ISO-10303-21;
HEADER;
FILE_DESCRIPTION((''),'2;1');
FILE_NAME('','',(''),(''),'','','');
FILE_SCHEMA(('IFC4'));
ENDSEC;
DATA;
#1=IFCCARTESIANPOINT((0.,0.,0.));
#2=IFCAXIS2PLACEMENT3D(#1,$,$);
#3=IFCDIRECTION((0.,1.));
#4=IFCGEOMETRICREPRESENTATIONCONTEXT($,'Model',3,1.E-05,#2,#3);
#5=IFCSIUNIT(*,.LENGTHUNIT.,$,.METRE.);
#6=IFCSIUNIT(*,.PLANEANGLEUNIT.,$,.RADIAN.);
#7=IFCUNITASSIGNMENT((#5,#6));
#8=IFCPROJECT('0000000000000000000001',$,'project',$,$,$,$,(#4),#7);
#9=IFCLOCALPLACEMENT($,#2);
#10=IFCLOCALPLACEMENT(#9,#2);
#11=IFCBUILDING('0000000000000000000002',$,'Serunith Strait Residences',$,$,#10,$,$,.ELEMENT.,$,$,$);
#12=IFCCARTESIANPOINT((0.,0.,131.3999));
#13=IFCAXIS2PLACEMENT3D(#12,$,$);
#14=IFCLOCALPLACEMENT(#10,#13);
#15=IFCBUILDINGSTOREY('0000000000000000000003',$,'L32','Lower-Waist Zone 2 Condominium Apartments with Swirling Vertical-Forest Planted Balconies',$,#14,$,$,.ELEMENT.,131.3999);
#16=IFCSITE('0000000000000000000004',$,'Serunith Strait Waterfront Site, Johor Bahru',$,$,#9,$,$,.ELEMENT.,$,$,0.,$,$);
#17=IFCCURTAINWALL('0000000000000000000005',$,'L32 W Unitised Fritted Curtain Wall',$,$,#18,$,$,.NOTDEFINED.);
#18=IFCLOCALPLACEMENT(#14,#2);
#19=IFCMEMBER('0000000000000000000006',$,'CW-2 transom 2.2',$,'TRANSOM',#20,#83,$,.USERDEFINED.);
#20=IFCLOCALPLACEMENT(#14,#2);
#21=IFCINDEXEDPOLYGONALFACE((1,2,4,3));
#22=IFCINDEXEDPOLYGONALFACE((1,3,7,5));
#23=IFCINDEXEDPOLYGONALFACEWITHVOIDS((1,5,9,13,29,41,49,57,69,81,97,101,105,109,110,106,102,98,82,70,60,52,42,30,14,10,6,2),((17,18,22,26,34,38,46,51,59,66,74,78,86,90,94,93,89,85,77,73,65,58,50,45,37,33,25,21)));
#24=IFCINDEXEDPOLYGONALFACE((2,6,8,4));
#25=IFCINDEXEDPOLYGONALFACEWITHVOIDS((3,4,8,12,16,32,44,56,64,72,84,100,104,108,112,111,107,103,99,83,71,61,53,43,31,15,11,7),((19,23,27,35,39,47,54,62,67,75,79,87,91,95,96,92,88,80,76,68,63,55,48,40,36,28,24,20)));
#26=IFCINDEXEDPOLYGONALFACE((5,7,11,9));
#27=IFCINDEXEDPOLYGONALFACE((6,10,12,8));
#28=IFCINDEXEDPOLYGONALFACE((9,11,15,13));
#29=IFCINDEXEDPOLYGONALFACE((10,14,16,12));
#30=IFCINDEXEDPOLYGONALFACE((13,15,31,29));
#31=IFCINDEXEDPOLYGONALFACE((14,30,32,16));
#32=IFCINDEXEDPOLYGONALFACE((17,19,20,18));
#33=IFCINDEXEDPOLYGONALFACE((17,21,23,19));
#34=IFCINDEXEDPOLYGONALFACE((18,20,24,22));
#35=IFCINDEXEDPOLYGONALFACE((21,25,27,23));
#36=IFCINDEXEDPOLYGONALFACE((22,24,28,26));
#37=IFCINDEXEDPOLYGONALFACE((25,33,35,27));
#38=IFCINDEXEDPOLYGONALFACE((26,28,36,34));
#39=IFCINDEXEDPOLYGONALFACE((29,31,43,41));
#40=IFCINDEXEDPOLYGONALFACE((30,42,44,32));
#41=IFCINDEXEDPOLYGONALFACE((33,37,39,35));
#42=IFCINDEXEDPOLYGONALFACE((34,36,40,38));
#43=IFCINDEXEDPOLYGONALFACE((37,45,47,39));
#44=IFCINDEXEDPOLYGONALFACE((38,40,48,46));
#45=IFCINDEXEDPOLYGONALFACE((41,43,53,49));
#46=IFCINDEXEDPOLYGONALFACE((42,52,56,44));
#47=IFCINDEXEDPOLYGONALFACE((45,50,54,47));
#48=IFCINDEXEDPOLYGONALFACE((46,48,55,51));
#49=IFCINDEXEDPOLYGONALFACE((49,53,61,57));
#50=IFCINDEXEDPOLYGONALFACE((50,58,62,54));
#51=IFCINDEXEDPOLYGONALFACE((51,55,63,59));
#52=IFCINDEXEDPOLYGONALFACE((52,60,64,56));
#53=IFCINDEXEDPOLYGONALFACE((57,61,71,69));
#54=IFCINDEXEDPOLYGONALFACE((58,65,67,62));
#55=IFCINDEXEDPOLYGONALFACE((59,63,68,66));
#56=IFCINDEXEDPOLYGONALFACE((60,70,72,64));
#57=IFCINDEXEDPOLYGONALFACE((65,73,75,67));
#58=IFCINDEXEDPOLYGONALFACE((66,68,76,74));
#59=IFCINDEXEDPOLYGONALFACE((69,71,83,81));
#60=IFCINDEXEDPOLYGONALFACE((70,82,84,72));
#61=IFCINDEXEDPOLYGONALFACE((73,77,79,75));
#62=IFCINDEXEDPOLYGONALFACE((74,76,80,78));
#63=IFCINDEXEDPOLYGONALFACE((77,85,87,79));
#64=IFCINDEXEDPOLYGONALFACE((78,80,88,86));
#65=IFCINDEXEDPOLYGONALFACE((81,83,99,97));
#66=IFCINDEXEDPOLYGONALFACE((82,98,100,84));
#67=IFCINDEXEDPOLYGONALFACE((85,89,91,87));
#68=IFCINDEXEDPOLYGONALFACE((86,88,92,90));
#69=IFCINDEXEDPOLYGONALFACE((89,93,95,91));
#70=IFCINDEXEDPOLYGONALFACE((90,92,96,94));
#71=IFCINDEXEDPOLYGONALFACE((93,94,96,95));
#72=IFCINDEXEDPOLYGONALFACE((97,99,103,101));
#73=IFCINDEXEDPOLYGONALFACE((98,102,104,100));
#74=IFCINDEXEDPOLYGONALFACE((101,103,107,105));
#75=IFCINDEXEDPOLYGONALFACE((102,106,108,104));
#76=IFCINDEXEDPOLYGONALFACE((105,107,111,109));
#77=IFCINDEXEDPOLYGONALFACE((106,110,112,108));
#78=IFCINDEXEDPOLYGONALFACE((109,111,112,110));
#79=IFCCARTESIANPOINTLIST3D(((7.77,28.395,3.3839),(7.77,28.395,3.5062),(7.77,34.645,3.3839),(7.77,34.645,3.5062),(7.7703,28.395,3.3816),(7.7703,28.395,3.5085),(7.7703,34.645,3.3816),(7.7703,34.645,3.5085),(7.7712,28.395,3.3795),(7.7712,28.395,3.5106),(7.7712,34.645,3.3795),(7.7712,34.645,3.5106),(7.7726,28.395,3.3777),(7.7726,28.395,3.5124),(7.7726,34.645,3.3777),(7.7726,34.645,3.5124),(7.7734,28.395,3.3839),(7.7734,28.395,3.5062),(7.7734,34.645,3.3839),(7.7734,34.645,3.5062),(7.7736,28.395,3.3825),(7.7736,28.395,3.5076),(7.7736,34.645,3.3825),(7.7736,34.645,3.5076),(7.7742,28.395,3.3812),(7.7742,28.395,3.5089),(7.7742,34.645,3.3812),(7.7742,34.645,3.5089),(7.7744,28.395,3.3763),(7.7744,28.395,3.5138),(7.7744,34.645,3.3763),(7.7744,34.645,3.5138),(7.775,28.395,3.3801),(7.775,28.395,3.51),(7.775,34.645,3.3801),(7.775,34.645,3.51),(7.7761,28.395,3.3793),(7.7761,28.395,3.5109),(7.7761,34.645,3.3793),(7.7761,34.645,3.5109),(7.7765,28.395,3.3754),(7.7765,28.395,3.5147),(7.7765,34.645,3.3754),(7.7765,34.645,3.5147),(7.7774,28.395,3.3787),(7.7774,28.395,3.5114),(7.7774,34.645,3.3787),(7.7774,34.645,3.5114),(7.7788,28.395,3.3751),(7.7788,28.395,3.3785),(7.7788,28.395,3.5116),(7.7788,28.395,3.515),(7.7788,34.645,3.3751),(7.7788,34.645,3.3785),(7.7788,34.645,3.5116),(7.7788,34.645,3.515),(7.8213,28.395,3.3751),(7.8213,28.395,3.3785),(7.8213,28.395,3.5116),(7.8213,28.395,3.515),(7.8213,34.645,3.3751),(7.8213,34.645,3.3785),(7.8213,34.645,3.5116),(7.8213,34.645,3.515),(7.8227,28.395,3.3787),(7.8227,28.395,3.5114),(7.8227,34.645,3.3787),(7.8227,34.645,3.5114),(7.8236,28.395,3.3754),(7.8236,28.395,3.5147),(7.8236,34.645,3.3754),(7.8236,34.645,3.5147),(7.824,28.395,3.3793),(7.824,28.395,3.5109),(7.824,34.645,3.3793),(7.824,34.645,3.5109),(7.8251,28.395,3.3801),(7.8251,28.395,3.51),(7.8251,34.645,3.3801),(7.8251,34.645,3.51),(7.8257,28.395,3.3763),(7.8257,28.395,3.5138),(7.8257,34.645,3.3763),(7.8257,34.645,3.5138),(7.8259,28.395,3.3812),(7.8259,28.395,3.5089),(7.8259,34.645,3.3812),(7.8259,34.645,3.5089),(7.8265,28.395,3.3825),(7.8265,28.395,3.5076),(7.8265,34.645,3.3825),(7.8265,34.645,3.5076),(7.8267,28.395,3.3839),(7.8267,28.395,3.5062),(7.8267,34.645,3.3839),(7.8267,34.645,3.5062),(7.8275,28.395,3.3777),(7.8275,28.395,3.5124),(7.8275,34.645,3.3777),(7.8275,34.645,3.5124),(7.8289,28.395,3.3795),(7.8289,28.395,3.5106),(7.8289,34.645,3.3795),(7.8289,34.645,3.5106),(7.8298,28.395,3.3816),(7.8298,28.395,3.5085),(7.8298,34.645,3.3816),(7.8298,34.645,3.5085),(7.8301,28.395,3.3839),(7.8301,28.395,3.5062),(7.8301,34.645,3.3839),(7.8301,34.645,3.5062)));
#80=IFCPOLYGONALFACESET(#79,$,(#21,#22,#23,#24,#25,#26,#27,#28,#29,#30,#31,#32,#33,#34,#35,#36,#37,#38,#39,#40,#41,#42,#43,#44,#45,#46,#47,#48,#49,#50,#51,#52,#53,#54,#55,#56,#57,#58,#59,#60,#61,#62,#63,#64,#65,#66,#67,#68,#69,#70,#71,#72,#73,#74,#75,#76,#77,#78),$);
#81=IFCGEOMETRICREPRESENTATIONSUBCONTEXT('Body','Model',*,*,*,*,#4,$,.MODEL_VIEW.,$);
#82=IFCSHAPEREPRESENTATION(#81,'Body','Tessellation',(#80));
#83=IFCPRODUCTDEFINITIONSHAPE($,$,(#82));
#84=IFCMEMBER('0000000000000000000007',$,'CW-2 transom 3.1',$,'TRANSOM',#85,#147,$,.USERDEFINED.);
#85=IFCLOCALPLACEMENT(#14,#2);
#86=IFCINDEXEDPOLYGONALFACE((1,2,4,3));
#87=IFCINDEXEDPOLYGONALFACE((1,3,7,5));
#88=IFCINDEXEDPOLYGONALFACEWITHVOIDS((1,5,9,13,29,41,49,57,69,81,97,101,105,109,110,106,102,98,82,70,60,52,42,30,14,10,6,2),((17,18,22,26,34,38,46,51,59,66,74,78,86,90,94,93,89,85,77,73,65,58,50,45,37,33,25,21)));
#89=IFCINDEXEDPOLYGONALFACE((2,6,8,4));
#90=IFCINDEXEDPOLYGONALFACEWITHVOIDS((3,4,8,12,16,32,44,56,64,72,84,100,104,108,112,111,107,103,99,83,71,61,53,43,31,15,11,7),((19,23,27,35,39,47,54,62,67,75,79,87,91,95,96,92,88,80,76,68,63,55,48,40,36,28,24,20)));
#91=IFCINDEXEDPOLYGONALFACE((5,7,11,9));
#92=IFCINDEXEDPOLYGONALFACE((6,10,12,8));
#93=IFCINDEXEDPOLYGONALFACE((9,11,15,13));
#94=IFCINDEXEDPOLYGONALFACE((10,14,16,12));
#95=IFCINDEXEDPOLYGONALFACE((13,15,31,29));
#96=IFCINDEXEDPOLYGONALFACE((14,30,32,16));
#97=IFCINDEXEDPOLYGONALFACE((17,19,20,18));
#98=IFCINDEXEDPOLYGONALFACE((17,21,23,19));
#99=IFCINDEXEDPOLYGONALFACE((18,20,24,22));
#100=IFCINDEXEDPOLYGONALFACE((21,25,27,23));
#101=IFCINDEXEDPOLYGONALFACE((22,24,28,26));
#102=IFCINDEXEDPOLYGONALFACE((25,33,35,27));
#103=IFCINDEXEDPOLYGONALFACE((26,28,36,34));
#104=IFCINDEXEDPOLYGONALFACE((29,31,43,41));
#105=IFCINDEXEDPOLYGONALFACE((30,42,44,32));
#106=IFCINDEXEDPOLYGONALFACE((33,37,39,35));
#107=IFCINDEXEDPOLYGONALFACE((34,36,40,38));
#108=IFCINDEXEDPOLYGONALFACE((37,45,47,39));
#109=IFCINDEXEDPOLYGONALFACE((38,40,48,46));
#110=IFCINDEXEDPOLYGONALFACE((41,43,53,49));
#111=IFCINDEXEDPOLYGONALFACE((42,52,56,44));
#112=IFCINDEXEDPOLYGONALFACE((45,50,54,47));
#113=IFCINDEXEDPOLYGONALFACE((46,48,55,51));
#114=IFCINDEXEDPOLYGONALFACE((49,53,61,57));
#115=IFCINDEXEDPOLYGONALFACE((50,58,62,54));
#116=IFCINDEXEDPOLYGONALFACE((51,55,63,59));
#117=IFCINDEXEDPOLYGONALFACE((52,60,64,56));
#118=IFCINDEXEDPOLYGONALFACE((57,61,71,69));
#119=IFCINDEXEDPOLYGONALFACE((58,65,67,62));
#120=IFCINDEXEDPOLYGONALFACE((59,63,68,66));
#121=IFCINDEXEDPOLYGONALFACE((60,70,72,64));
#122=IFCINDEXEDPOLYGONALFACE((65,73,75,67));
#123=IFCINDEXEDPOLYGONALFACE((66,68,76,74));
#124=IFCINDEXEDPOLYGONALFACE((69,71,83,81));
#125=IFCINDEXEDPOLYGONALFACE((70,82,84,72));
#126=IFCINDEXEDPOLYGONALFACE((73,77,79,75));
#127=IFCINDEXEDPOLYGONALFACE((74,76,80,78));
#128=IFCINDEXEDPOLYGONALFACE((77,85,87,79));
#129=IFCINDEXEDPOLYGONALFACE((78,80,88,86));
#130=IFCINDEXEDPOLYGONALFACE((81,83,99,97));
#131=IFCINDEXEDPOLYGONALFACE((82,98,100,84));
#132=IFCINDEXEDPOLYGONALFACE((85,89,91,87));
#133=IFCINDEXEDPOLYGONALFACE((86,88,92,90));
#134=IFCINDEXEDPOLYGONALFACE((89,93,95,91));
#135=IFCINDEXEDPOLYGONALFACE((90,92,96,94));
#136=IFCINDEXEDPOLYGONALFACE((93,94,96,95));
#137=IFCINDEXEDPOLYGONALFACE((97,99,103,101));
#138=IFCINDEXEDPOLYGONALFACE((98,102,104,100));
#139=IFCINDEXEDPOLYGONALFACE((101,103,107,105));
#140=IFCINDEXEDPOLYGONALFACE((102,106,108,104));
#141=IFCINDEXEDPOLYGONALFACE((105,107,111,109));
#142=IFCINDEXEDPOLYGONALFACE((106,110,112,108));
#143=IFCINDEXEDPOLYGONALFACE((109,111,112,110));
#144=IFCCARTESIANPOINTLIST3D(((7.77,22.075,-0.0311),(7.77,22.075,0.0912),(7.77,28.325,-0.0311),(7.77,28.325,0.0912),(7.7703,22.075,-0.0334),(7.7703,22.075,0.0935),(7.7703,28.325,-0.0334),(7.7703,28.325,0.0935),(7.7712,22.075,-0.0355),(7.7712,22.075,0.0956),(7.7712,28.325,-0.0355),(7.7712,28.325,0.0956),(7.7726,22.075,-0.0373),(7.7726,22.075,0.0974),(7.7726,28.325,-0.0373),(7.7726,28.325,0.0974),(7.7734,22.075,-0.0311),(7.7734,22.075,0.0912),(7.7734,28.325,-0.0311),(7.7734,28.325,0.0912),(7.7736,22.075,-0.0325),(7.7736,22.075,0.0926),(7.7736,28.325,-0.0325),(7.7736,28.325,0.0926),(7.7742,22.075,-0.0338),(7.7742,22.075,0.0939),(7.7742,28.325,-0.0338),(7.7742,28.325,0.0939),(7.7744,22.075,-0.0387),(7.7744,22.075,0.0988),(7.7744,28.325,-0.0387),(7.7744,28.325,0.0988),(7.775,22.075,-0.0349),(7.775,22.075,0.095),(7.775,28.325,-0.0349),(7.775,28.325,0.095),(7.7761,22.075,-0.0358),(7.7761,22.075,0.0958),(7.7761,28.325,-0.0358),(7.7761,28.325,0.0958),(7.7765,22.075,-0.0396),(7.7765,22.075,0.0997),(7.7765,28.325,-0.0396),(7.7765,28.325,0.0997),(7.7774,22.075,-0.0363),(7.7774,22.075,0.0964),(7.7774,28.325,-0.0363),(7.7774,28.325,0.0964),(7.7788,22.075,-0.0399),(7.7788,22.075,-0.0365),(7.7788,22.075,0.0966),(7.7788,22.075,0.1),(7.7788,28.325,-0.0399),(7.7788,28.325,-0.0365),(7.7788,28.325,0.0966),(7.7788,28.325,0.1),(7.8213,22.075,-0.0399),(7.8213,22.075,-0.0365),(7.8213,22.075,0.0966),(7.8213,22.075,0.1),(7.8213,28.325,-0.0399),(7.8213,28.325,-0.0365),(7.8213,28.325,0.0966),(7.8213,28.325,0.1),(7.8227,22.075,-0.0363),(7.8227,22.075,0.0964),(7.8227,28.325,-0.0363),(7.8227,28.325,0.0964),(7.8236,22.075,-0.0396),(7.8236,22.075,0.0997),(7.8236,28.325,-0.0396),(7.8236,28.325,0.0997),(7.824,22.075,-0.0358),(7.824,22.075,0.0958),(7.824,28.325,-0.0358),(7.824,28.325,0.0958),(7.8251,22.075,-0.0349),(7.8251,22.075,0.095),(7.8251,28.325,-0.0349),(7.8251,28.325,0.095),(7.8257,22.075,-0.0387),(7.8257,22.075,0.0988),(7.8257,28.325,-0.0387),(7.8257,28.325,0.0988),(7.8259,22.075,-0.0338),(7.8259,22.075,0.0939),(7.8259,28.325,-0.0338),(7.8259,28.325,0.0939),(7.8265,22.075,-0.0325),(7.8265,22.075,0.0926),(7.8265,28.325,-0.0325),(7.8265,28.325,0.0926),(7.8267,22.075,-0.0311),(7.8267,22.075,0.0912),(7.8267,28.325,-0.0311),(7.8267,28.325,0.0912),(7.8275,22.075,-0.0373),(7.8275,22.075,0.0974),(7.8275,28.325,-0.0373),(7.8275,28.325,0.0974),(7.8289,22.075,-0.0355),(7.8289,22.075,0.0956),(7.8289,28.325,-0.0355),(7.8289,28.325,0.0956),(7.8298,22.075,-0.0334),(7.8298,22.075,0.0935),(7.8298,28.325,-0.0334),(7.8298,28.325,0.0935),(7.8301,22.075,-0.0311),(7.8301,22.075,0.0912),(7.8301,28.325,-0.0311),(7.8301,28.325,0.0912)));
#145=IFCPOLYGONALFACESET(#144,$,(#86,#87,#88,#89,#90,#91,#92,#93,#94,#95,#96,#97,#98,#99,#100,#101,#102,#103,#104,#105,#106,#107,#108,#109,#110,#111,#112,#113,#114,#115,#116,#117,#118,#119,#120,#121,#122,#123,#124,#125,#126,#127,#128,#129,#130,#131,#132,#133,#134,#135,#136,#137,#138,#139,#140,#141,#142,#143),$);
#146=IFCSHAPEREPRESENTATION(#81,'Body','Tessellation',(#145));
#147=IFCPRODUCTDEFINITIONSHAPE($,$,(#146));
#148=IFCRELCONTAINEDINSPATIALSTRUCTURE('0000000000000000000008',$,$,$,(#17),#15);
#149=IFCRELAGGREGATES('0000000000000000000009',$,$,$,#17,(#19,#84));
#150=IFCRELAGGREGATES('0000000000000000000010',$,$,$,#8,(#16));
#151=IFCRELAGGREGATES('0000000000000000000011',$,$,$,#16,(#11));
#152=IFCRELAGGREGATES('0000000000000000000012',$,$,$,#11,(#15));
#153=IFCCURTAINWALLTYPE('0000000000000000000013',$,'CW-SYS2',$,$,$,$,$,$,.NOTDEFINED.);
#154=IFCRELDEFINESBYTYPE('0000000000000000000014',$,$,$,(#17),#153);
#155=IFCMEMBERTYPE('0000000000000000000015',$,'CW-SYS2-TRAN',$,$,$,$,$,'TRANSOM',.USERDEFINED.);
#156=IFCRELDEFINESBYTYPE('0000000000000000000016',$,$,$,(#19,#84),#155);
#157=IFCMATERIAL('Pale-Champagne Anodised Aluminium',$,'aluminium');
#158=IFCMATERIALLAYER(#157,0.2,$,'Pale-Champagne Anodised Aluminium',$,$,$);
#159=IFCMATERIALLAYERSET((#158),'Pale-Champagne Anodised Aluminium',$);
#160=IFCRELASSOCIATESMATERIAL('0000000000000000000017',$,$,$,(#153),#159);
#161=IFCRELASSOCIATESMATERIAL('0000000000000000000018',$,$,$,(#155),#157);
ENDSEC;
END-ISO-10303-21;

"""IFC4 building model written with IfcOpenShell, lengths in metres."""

from ifc_helpers import new_model, si_unit, direction, frame, origin, origin_2d, place, context, subcontext, project, spatial, hollow_rectangle, extrude, source, transform, mapped, material, layer, layer_set, material_profile, profile_set, type_object, element, aggregate, save


model = new_model("IFC4")

# Units and contexts
model_context = context("Model", 3, precision=1e-05, world=origin(), true_north=direction((0.0, 1.0)))
body_context = subcontext(model_context, "Body", "Model", "MODEL_VIEW")
ifc_project = project(units=[si_unit("LENGTHUNIT", "METRE"), si_unit("PLANEANGLEUNIT", "RADIAN")], contexts=[model_context])

# Site, building, storey
site_placement = place(None, origin())
site = spatial("IfcSite", under=ifc_project, at=site_placement, Name="Serunith Strait Waterfront Site, Johor Bahru", CompositionType="ELEMENT", RefElevation=0.0)
building_placement = place(site_placement, origin())
building = spatial("IfcBuilding", under=site, at=building_placement, Name="Serunith Strait Residences", CompositionType="ELEMENT")
storey_placement = place(building_placement, frame((0.0, 0.0, 131.3999)))
storey = spatial("IfcBuildingStorey", under=building, at=storey_placement, Name="L32", Description="Lower-Waist Zone 2 Condominium Apartments with Swirling Vertical-Forest Planted Balconies", CompositionType="ELEMENT", Elevation=131.3999)

# Curtain wall, members
ifc_material_1 = material(Name="Pale-Champagne Anodised Aluminium", Category="aluminium")
ifc_layer_1 = layer(ifc_material_1, 0.2, Name="Pale-Champagne Anodised Aluminium")
ifc_layer_set_1 = layer_set([ifc_layer_1], Name="Pale-Champagne Anodised Aluminium")
curtain_wall_type = type_object("IfcCurtainWallType", Name="CW-SYS2", PredefinedType="NOTDEFINED", material=ifc_layer_set_1)
curtain_wall_placement = place(storey_placement, origin())
curtain_wall = element("IfcCurtainWall", 1, at=curtain_wall_placement, inside=storey, type_object=curtain_wall_type, Name="L32 W Unitised Fritted Curtain Wall", PredefinedType="NOTDEFINED")
ifc_material_profile_1 = material_profile(ifc_material_1, hollow_rectangle(XDim=0.0601, YDim=0.1399, WallThickness=0.0034, InnerFilletRadius=0.0054, OuterFilletRadius=0.0088, at=origin_2d()), Name="ALU 140x60x3.5")
ifc_profile_set_1 = profile_set([ifc_material_profile_1], Name="Pale-Champagne Anodised Aluminium")
member_type_1 = type_object("IfcMemberType", Name="CW-SYS2-TRAN", ElementType="TRANSOM", PredefinedType="USERDEFINED", material=ifc_profile_set_1)
shared_shape_1 = source(origin(), body_context, "Body", "SweptSolid", [
    extrude(hollow_rectangle(XDim=0.0601, YDim=0.1399, WallThickness=0.0034, InnerFilletRadius=0.0054, OuterFilletRadius=0.0088, at=origin_2d()), origin(), (0.0, 0.0, 1.0), 6.25),
])
member_1_placement = place(storey_placement, frame((7.8, 34.645, 3.4451), z_axis=(0.0, -1.0, 0.0), x_axis=(1.0, 0.0, 0.0)))
member_1 = element("IfcMember", 2, at=member_1_placement, type_object=member_type_1, Name="CW-2 transom 2.2", ObjectType="TRANSOM", PredefinedType="USERDEFINED", context=body_context, shape_type="MappedRepresentation", body=[
    mapped(shared_shape_1, transform((0.0, 0.0, 0.0), scale=1.0)),
])
member_2_placement = place(storey_placement, frame((7.8, 28.325, 0.03), z_axis=(0.0, -1.0, 0.0), x_axis=(1.0, 0.0, 0.0)))
member_2 = element("IfcMember", 3, at=member_2_placement, type_object=member_type_1, Name="CW-2 transom 3.1", ObjectType="TRANSOM", PredefinedType="USERDEFINED", context=body_context, shape_type="MappedRepresentation", body=[
    mapped(shared_shape_1, transform((0.0, 0.0, 0.0), scale=1.0)),
])
aggregate(curtain_wall, [member_1, member_2])

save(model, "model.ifc")
